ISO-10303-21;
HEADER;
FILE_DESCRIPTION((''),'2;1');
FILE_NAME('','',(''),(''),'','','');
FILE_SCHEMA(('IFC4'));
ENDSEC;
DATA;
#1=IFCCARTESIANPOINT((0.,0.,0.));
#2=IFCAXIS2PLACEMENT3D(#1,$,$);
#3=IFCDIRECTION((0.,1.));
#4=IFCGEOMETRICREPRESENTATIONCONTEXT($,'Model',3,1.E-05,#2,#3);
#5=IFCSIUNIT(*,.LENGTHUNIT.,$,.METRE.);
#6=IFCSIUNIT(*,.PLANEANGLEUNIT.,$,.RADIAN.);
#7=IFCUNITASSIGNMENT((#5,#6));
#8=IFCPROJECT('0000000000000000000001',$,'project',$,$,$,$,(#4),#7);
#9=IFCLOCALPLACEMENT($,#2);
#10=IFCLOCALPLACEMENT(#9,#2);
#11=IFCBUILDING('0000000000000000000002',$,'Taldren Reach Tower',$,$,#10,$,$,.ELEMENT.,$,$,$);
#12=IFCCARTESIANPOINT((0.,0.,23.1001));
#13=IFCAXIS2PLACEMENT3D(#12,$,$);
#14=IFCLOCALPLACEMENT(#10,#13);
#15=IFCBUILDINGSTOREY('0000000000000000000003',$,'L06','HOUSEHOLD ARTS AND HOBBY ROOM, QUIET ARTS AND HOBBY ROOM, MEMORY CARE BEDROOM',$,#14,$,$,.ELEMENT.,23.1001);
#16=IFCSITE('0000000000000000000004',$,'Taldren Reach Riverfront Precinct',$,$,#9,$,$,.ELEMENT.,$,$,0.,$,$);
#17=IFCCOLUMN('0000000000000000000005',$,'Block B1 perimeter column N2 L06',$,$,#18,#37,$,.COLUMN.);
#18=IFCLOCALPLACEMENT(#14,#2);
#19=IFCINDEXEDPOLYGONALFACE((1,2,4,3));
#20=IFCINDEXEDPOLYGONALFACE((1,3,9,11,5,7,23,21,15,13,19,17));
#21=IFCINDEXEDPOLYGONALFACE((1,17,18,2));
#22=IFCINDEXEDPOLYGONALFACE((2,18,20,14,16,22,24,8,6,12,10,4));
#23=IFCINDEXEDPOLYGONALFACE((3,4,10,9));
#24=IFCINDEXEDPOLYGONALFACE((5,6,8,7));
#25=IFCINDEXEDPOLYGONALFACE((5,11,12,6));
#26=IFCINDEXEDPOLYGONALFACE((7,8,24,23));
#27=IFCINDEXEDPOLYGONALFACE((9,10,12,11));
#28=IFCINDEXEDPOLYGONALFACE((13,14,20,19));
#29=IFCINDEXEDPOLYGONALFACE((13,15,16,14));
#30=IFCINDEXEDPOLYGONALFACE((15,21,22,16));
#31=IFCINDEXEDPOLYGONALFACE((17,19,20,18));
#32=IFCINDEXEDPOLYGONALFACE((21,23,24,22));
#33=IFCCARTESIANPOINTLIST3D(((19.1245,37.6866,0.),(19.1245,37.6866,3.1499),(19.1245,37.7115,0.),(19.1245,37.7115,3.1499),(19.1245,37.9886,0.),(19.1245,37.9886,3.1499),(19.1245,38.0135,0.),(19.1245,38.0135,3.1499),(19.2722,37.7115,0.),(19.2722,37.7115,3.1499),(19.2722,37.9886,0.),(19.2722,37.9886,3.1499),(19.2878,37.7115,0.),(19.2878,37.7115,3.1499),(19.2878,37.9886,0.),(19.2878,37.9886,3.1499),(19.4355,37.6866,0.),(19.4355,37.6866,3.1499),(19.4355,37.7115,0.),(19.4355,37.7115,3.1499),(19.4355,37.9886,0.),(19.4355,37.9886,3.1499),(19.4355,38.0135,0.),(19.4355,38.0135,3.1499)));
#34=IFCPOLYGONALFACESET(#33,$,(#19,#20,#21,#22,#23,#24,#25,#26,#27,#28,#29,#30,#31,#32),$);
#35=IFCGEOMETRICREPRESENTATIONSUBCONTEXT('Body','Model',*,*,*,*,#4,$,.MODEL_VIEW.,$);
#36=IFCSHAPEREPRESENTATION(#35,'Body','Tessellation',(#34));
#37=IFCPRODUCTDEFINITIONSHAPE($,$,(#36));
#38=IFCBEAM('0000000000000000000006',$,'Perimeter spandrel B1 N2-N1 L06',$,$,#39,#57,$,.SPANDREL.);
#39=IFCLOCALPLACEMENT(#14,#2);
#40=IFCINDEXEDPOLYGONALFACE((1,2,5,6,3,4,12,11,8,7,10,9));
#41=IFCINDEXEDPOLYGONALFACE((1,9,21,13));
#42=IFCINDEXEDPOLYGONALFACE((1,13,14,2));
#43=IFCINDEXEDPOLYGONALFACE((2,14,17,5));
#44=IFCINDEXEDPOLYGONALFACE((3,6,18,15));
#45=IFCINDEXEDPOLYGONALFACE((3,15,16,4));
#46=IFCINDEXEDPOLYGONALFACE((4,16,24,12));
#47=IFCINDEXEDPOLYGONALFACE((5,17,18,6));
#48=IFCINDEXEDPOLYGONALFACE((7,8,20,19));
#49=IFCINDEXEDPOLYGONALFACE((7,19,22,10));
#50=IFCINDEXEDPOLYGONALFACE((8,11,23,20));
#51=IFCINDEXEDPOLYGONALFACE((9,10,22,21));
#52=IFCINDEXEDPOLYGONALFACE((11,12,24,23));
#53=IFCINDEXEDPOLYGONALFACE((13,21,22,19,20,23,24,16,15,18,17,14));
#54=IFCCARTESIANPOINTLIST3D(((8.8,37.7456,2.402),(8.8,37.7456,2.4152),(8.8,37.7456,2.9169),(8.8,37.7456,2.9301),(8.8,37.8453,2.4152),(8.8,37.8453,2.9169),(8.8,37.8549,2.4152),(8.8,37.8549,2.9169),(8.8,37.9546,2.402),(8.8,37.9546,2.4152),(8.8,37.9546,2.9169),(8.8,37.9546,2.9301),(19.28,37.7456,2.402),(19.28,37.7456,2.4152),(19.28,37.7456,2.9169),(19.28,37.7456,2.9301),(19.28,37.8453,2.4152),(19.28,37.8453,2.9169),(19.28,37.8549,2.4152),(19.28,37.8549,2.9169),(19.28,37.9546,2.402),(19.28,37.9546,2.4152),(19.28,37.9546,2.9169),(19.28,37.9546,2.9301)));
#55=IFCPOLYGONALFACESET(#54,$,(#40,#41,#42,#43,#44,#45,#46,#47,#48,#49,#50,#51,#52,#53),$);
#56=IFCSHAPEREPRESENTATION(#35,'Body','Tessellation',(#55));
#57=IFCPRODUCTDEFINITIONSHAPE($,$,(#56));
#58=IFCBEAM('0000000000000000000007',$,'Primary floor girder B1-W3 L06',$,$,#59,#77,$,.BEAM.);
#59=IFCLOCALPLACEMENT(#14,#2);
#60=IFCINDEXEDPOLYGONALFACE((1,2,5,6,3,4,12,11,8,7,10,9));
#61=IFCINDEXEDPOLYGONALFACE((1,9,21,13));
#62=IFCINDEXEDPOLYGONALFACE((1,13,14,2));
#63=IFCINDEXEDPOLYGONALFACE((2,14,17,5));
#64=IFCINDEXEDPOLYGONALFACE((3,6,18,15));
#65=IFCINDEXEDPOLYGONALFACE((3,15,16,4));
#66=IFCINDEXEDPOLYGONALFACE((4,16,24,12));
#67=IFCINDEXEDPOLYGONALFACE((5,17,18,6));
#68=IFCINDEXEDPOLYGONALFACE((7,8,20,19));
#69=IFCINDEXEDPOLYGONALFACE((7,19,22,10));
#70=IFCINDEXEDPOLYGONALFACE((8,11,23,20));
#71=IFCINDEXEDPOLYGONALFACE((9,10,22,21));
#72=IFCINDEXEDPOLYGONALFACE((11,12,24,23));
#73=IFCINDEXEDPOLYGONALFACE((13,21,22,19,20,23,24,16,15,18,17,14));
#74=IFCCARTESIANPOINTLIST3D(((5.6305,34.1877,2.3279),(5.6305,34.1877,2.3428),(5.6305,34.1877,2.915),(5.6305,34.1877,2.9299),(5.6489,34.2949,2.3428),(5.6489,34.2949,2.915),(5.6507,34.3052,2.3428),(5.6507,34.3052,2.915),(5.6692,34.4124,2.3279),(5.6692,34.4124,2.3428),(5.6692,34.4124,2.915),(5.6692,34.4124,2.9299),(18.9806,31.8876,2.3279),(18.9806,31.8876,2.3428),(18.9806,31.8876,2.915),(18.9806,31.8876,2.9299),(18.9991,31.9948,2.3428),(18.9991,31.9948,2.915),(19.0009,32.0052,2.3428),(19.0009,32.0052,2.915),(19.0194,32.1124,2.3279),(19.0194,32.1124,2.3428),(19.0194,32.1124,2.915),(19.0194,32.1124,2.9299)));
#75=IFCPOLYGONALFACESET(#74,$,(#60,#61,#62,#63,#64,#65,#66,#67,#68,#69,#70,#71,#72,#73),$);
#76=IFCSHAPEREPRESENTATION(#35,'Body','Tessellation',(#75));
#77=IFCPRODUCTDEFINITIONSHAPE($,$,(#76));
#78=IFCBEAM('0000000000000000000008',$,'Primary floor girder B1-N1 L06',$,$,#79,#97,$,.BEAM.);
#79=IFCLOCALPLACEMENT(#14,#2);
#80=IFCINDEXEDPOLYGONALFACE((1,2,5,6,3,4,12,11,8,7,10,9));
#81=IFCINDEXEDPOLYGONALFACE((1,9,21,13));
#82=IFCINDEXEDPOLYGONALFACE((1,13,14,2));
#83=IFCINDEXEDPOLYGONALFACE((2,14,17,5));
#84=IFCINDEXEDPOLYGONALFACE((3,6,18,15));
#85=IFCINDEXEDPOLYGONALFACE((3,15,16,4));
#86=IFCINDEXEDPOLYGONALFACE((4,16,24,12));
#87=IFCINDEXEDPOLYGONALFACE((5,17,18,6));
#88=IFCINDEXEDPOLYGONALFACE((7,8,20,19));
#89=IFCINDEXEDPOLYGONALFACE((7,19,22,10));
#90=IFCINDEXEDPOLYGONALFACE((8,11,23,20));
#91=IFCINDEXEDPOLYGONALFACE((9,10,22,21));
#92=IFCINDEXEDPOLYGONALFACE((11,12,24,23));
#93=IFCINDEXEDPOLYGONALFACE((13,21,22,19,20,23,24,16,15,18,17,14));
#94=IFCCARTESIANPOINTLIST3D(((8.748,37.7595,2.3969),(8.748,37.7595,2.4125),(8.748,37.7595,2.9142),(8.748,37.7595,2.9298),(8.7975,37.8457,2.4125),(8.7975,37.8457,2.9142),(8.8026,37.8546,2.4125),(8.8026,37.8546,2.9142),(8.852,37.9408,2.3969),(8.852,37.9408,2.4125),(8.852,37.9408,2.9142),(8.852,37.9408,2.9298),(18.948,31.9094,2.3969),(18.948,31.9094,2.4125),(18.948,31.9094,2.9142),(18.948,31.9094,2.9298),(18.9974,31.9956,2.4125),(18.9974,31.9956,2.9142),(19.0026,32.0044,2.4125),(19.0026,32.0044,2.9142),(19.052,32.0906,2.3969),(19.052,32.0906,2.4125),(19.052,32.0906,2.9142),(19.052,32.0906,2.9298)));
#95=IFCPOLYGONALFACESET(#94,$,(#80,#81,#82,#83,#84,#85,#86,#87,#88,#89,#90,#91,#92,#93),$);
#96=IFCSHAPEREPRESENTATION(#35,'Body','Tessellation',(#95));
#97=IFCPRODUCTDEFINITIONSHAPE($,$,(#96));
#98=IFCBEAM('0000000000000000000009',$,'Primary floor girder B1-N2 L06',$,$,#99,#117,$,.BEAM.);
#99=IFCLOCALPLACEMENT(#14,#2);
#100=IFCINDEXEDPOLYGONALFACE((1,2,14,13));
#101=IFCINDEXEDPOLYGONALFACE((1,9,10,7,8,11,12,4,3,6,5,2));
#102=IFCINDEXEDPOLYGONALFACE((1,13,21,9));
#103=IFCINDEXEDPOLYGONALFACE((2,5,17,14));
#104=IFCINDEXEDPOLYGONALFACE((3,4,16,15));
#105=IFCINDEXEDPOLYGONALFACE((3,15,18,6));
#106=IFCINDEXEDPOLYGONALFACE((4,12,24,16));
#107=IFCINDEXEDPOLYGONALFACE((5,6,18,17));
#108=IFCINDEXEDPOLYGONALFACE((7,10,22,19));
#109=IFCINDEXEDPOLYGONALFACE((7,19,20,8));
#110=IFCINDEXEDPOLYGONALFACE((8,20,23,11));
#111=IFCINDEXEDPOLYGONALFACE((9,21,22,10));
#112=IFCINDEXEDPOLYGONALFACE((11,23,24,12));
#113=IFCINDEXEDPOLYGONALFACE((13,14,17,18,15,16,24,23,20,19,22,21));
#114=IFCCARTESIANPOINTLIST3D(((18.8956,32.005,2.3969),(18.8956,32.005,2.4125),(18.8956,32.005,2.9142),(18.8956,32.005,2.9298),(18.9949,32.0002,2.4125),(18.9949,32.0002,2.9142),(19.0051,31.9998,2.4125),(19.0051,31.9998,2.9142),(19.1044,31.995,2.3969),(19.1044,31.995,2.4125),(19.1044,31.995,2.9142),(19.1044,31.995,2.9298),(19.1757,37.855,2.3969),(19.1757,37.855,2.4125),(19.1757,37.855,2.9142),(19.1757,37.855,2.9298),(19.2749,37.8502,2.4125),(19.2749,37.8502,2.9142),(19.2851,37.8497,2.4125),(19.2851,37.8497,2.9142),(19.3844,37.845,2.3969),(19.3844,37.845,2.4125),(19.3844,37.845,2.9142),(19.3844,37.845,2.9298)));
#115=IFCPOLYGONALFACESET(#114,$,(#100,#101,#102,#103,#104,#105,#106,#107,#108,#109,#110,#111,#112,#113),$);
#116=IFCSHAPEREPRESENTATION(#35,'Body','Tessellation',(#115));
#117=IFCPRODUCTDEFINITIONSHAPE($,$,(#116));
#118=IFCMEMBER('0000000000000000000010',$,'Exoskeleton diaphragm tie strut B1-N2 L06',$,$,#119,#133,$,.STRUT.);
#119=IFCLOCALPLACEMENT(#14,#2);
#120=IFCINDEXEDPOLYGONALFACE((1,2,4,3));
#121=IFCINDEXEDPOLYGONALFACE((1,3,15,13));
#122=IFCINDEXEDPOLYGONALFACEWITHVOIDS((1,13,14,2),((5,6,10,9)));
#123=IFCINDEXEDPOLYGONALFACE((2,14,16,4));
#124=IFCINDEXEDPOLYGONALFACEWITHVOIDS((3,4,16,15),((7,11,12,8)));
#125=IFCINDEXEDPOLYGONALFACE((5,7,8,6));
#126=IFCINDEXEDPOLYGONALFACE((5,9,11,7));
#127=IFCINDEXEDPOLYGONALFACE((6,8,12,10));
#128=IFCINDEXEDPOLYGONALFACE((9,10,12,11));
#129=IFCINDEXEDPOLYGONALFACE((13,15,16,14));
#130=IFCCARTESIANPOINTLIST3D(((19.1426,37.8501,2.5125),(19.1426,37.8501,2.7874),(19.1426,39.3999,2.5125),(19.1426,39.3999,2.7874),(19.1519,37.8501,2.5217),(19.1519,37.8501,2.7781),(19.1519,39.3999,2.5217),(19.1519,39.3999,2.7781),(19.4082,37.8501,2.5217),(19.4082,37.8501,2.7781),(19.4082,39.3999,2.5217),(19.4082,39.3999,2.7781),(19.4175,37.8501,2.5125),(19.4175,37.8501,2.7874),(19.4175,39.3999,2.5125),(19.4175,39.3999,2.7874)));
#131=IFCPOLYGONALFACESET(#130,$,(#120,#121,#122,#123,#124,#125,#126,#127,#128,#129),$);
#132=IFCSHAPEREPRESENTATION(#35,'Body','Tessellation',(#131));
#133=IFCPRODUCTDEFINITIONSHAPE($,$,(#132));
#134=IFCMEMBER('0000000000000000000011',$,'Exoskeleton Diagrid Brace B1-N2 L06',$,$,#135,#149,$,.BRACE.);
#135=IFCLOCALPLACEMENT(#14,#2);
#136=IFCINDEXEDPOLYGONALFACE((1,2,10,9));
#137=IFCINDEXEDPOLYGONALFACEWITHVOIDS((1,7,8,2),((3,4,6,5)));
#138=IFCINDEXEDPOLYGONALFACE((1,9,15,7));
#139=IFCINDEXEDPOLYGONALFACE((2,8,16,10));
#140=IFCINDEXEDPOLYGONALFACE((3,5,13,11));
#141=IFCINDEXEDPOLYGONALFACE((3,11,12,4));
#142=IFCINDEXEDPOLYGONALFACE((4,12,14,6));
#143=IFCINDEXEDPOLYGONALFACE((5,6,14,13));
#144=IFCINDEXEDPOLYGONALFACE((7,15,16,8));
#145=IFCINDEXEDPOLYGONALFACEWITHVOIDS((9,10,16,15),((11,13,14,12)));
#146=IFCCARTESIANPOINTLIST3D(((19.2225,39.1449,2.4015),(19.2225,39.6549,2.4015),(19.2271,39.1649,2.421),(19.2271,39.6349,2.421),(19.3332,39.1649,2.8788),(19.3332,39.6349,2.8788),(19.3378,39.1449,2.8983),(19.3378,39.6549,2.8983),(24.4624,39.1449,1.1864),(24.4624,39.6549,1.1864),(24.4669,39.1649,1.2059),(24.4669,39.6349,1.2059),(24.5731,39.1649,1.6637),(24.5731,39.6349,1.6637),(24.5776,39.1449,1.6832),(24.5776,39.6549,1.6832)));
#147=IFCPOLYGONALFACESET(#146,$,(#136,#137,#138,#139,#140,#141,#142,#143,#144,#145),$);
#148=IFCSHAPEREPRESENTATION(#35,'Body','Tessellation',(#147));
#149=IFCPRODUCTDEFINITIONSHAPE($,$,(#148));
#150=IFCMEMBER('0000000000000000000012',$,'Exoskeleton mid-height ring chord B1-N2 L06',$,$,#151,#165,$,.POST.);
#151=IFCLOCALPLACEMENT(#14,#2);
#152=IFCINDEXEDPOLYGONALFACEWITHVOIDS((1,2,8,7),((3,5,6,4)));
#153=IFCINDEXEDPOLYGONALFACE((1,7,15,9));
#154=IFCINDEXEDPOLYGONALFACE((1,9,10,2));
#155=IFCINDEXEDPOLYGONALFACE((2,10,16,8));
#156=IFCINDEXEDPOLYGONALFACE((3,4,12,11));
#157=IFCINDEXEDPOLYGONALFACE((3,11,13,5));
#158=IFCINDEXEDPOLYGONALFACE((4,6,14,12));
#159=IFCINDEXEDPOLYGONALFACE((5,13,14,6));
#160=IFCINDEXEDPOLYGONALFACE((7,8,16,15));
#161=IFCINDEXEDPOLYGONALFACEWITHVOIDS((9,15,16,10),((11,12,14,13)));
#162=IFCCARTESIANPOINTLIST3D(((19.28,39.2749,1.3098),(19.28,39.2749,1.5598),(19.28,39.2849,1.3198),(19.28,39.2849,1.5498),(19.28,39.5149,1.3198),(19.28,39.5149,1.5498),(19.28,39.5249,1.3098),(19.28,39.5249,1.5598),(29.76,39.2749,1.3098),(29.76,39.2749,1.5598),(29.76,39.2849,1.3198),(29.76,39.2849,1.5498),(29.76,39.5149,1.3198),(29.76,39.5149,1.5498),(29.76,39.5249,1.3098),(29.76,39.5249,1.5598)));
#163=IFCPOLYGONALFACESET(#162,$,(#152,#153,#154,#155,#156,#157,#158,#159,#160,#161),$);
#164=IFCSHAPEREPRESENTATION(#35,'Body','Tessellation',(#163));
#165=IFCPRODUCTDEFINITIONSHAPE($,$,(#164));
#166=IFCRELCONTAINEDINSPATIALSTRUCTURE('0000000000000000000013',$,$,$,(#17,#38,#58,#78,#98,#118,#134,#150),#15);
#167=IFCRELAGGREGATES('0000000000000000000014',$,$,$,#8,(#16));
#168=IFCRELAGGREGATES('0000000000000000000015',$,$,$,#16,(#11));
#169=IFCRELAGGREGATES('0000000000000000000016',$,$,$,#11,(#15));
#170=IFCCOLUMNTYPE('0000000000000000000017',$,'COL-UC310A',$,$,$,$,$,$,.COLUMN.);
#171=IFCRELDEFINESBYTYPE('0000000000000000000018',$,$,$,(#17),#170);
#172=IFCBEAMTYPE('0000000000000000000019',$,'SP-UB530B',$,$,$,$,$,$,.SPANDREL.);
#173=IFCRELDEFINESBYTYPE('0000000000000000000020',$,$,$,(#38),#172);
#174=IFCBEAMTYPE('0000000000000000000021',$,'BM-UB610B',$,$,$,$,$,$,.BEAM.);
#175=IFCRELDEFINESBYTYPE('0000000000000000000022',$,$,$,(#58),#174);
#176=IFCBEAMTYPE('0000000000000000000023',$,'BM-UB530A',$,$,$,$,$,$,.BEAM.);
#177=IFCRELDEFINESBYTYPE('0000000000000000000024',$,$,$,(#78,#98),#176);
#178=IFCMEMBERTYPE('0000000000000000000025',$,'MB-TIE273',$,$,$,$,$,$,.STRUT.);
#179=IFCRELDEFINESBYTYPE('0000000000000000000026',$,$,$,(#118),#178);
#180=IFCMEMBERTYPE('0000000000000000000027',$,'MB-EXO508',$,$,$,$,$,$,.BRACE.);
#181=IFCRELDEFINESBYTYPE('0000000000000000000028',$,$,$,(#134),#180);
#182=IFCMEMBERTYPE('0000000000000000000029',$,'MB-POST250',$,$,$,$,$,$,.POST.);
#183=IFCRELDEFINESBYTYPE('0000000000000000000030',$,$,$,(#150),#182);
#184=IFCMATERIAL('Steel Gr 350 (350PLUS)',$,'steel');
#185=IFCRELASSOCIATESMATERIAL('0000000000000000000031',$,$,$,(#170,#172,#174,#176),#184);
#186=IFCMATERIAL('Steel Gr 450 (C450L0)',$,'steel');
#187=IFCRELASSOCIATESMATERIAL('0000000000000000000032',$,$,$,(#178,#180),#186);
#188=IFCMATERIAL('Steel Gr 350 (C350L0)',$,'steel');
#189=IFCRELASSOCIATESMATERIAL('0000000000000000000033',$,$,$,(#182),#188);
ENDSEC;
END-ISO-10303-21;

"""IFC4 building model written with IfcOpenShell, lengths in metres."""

from ifc_helpers import new_model, si_unit, direction, frame, origin, origin_2d, place, context, subcontext, project, spatial, hollow_rectangle, i_section, extrude, source, transform, mapped, material, material_profile, profile_set, type_object, element, save


model = new_model("IFC4")

# Units and contexts
model_context = context("Model", 3, precision=1e-05, world=origin(), true_north=direction((0.0, 1.0)))
body_context = subcontext(model_context, "Body", "Model", "MODEL_VIEW")
ifc_project = project(units=[si_unit("LENGTHUNIT", "METRE"), si_unit("PLANEANGLEUNIT", "RADIAN")], contexts=[model_context])

# Site, building, storey
site_placement = place(None, origin())
site = spatial("IfcSite", under=ifc_project, at=site_placement, Name="Taldren Reach Riverfront Precinct", CompositionType="ELEMENT", RefElevation=0.0)
building_placement = place(site_placement, origin())
building = spatial("IfcBuilding", under=site, at=building_placement, Name="Taldren Reach Tower", CompositionType="ELEMENT")
storey_placement = place(building_placement, frame((0.0, 0.0, 23.1001)))
storey = spatial("IfcBuildingStorey", under=building, at=storey_placement, Name="L06", Description="HOUSEHOLD ARTS AND HOBBY ROOM, QUIET ARTS AND HOBBY ROOM, MEMORY CARE BEDROOM", CompositionType="ELEMENT", Elevation=23.1001)

# Column
ifc_material_1 = material(Name="Steel Gr 350 (350PLUS)", Category="steel")
ifc_material_profile_1 = material_profile(ifc_material_1, i_section(OverallWidth=0.311, OverallDepth=0.3269, WebThickness=0.0156, FlangeThickness=0.0249, at=origin_2d()), Name="310UC158")
ifc_profile_set_1 = profile_set([ifc_material_profile_1], Name="Steel Gr 350 (350PLUS)")
column_type = type_object("IfcColumnType", Name="COL-UC310A", PredefinedType="COLUMN", material=ifc_profile_set_1)
shared_shape_1 = source(origin(), body_context, "Body", "SweptSolid", [
    extrude(i_section(OverallWidth=0.311, OverallDepth=0.3269, WebThickness=0.0156, FlangeThickness=0.0249, at=origin_2d()), origin(), (0.0, 0.0, 1.0), 3.1499),
])
column_placement = place(storey_placement, frame((19.28, 37.8501, 0.0), z_axis=(0.0, 0.0, 1.0), x_axis=(1.0, 0.0, 0.0)))
element("IfcColumn", 1, at=column_placement, inside=storey, type_object=column_type, Name="Block B1 perimeter column N2 L06", PredefinedType="COLUMN", context=body_context, shape_type="MappedRepresentation", body=[
    mapped(shared_shape_1, transform((0.0, 0.0, 0.0), scale=1.0)),
])

# Beams
ifc_material_profile_2 = material_profile(ifc_material_1, i_section(OverallWidth=0.209, OverallDepth=0.5281, WebThickness=0.0095, FlangeThickness=0.0132, at=origin_2d()), Name="530UB82.0")
ifc_profile_set_2 = profile_set([ifc_material_profile_2], Name="Steel Gr 350 (350PLUS)")
beam_type_1 = type_object("IfcBeamType", Name="SP-UB530B", PredefinedType="SPANDREL", material=ifc_profile_set_2)
shared_shape_2 = source(origin(), body_context, "Body", "SweptSolid", [
    extrude(i_section(OverallWidth=0.209, OverallDepth=0.5281, WebThickness=0.0095, FlangeThickness=0.0132, at=origin_2d()), origin(), (0.0, 0.0, 1.0), 10.48),
])
beam_1_placement = place(storey_placement, frame((19.28, 37.8501, 2.666), z_axis=(-1.0, 0.0, 0.0), x_axis=(0.0, -1.0, 0.0)))
element("IfcBeam", 2, at=beam_1_placement, inside=storey, type_object=beam_type_1, Name="Perimeter spandrel B1 N2-N1 L06", PredefinedType="SPANDREL", context=body_context, shape_type="MappedRepresentation", body=[
    mapped(shared_shape_2, transform((0.0, 0.0, 0.0), scale=1.0)),
])
ifc_material_profile_3 = material_profile(ifc_material_1, i_section(OverallWidth=0.228, OverallDepth=0.6021, WebThickness=0.0105, FlangeThickness=0.0149, at=origin_2d()), Name="610UB101")
ifc_profile_set_3 = profile_set([ifc_material_profile_3], Name="Steel Gr 350 (350PLUS)")
beam_type_2 = type_object("IfcBeamType", Name="BM-UB610B", PredefinedType="BEAM", material=ifc_profile_set_3)
shared_shape_3 = source(origin(), body_context, "Body", "SweptSolid", [
    extrude(i_section(OverallWidth=0.228, OverallDepth=0.6021, WebThickness=0.0105, FlangeThickness=0.0149, at=origin_2d()), origin(), (0.0, 0.0, 1.0), 13.5469),
])
beam_2_placement = place(storey_placement, frame((19.0, 32.0, 2.6289), z_axis=(-0.985481, 0.169786, 0.0), x_axis=(-0.169786, -0.985481, 0.0)))
element("IfcBeam", 3, at=beam_2_placement, inside=storey, type_object=beam_type_2, Name="Primary floor girder B1-W3 L06", PredefinedType="BEAM", context=body_context, shape_type="MappedRepresentation", body=[
    mapped(shared_shape_3, transform((0.0, 0.0, 0.0), scale=1.0)),
])
ifc_material_profile_4 = material_profile(ifc_material_1, i_section(OverallWidth=0.209, OverallDepth=0.533, WebThickness=0.0103, FlangeThickness=0.0156, at=origin_2d()), Name="530UB92.4")
ifc_profile_set_4 = profile_set([ifc_material_profile_4], Name="Steel Gr 350 (350PLUS)")
beam_type_3 = type_object("IfcBeamType", Name="BM-UB530A", PredefinedType="BEAM", material=ifc_profile_set_4)
shared_shape_4 = source(origin(), body_context, "Body", "SweptSolid", [
    extrude(i_section(OverallWidth=0.209, OverallDepth=0.533, WebThickness=0.0103, FlangeThickness=0.0156, at=origin_2d()), origin(), (0.0, 0.0, 1.0), 11.7585),
])
beam_3_placement = place(storey_placement, frame((19.0, 32.0, 2.6633), z_axis=(-0.867452, 0.49752, 0.0), x_axis=(-0.49752, -0.867452, 0.0)))
element("IfcBeam", 4, at=beam_3_placement, inside=storey, type_object=beam_type_3, Name="Primary floor girder B1-N1 L06", PredefinedType="BEAM", context=body_context, shape_type="MappedRepresentation", body=[
    mapped(shared_shape_4, transform((0.0, 0.0, 0.0), scale=1.0)),
])
shared_shape_5 = source(origin(), body_context, "Body", "SweptSolid", [
    extrude(i_section(OverallWidth=0.209, OverallDepth=0.533, WebThickness=0.0103, FlangeThickness=0.0156, at=origin_2d()), origin(), (0.0, 0.0, 1.0), 5.8567),
])
beam_4_placement = place(storey_placement, frame((19.0, 32.0, 2.6633), z_axis=(0.047813, 0.998856, 0.0), x_axis=(-0.998856, 0.047813, 0.0)))
element("IfcBeam", 5, at=beam_4_placement, inside=storey, type_object=beam_type_3, Name="Primary floor girder B1-N2 L06", PredefinedType="BEAM", context=body_context, shape_type="MappedRepresentation", body=[
    mapped(shared_shape_5, transform((0.0, 0.0, 0.0), scale=1.0)),
])

# Members
ifc_material_2 = material(Name="Steel Gr 450 (C450L0)", Category="steel")
ifc_material_profile_5 = material_profile(ifc_material_2, hollow_rectangle(XDim=0.2749, YDim=0.2749, WallThickness=0.0093, at=origin_2d()), Name="275x275x9.3SHS")
ifc_profile_set_5 = profile_set([ifc_material_profile_5], Name="Steel Gr 450 (C450L0)")
member_type_1 = type_object("IfcMemberType", Name="MB-TIE273", PredefinedType="STRUT", material=ifc_profile_set_5)
shared_shape_6 = source(origin(), body_context, "Body", "SweptSolid", [
    extrude(hollow_rectangle(XDim=0.2749, YDim=0.2749, WallThickness=0.0093, at=origin_2d()), origin(), (0.0, 0.0, 1.0), 1.5498),
])
member_1_placement = place(storey_placement, frame((19.28, 37.8501, 2.6499), z_axis=(0.0, 1.0, 0.0), x_axis=(-1.0, 0.0, 0.0)))
element("IfcMember", 6, at=member_1_placement, inside=storey, type_object=member_type_1, Name="Exoskeleton diaphragm tie strut B1-N2 L06", PredefinedType="STRUT", context=body_context, shape_type="MappedRepresentation", body=[
    mapped(shared_shape_6, transform((0.0, 0.0, 0.0), scale=1.0)),
])
ifc_material_profile_6 = material_profile(ifc_material_2, hollow_rectangle(XDim=0.51, YDim=0.51, WallThickness=0.02, at=origin_2d()), Name="510x510x20.0SHS")
ifc_profile_set_6 = profile_set([ifc_material_profile_6], Name="Steel Gr 450 (C450L0)")
member_type_2 = type_object("IfcMemberType", Name="MB-EXO508", PredefinedType="BRACE", material=ifc_profile_set_6)
shared_shape_7 = source(origin(), body_context, "Body", "SweptSolid", [
    extrude(hollow_rectangle(XDim=0.51, YDim=0.51, WallThickness=0.02, at=origin_2d()), origin(), (0.0, 0.0, 1.0), 5.3789),
])
member_2_placement = place(storey_placement, frame((24.52, 39.3999, 1.4348), z_axis=(-0.974152, 0.0, 0.225894), x_axis=(0.0, -1.0, 0.0)))
element("IfcMember", 7, at=member_2_placement, inside=storey, type_object=member_type_2, Name="Exoskeleton Diagrid Brace B1-N2 L06", PredefinedType="BRACE", context=body_context, shape_type="MappedRepresentation", body=[
    mapped(shared_shape_7, transform((0.0, 0.0, 0.0), scale=1.0)),
])
ifc_material_3 = material(Name="Steel Gr 350 (C350L0)", Category="steel")
ifc_material_profile_7 = material_profile(ifc_material_3, hollow_rectangle(XDim=0.25, YDim=0.25, WallThickness=0.01, at=origin_2d()), Name="250x250x10.0SHS")
ifc_profile_set_7 = profile_set([ifc_material_profile_7], Name="Steel Gr 350 (C350L0)")
member_type_3 = type_object("IfcMemberType", Name="MB-POST250", PredefinedType="POST", material=ifc_profile_set_7)
shared_shape_8 = source(origin(), body_context, "Body", "SweptSolid", [
    extrude(hollow_rectangle(XDim=0.25, YDim=0.25, WallThickness=0.01, at=origin_2d()), origin(), (0.0, 0.0, 1.0), 10.48),
])
member_3_placement = place(storey_placement, frame((19.28, 39.3999, 1.4348), z_axis=(1.0, 0.0, 0.0), x_axis=(0.0, 1.0, 0.0)))
element("IfcMember", 8, at=member_3_placement, inside=storey, type_object=member_type_3, Name="Exoskeleton mid-height ring chord B1-N2 L06", PredefinedType="POST", context=body_context, shape_type="MappedRepresentation", body=[
    mapped(shared_shape_8, transform((0.0, 0.0, 0.0), scale=1.0)),
])

save(model, "model.ifc")
